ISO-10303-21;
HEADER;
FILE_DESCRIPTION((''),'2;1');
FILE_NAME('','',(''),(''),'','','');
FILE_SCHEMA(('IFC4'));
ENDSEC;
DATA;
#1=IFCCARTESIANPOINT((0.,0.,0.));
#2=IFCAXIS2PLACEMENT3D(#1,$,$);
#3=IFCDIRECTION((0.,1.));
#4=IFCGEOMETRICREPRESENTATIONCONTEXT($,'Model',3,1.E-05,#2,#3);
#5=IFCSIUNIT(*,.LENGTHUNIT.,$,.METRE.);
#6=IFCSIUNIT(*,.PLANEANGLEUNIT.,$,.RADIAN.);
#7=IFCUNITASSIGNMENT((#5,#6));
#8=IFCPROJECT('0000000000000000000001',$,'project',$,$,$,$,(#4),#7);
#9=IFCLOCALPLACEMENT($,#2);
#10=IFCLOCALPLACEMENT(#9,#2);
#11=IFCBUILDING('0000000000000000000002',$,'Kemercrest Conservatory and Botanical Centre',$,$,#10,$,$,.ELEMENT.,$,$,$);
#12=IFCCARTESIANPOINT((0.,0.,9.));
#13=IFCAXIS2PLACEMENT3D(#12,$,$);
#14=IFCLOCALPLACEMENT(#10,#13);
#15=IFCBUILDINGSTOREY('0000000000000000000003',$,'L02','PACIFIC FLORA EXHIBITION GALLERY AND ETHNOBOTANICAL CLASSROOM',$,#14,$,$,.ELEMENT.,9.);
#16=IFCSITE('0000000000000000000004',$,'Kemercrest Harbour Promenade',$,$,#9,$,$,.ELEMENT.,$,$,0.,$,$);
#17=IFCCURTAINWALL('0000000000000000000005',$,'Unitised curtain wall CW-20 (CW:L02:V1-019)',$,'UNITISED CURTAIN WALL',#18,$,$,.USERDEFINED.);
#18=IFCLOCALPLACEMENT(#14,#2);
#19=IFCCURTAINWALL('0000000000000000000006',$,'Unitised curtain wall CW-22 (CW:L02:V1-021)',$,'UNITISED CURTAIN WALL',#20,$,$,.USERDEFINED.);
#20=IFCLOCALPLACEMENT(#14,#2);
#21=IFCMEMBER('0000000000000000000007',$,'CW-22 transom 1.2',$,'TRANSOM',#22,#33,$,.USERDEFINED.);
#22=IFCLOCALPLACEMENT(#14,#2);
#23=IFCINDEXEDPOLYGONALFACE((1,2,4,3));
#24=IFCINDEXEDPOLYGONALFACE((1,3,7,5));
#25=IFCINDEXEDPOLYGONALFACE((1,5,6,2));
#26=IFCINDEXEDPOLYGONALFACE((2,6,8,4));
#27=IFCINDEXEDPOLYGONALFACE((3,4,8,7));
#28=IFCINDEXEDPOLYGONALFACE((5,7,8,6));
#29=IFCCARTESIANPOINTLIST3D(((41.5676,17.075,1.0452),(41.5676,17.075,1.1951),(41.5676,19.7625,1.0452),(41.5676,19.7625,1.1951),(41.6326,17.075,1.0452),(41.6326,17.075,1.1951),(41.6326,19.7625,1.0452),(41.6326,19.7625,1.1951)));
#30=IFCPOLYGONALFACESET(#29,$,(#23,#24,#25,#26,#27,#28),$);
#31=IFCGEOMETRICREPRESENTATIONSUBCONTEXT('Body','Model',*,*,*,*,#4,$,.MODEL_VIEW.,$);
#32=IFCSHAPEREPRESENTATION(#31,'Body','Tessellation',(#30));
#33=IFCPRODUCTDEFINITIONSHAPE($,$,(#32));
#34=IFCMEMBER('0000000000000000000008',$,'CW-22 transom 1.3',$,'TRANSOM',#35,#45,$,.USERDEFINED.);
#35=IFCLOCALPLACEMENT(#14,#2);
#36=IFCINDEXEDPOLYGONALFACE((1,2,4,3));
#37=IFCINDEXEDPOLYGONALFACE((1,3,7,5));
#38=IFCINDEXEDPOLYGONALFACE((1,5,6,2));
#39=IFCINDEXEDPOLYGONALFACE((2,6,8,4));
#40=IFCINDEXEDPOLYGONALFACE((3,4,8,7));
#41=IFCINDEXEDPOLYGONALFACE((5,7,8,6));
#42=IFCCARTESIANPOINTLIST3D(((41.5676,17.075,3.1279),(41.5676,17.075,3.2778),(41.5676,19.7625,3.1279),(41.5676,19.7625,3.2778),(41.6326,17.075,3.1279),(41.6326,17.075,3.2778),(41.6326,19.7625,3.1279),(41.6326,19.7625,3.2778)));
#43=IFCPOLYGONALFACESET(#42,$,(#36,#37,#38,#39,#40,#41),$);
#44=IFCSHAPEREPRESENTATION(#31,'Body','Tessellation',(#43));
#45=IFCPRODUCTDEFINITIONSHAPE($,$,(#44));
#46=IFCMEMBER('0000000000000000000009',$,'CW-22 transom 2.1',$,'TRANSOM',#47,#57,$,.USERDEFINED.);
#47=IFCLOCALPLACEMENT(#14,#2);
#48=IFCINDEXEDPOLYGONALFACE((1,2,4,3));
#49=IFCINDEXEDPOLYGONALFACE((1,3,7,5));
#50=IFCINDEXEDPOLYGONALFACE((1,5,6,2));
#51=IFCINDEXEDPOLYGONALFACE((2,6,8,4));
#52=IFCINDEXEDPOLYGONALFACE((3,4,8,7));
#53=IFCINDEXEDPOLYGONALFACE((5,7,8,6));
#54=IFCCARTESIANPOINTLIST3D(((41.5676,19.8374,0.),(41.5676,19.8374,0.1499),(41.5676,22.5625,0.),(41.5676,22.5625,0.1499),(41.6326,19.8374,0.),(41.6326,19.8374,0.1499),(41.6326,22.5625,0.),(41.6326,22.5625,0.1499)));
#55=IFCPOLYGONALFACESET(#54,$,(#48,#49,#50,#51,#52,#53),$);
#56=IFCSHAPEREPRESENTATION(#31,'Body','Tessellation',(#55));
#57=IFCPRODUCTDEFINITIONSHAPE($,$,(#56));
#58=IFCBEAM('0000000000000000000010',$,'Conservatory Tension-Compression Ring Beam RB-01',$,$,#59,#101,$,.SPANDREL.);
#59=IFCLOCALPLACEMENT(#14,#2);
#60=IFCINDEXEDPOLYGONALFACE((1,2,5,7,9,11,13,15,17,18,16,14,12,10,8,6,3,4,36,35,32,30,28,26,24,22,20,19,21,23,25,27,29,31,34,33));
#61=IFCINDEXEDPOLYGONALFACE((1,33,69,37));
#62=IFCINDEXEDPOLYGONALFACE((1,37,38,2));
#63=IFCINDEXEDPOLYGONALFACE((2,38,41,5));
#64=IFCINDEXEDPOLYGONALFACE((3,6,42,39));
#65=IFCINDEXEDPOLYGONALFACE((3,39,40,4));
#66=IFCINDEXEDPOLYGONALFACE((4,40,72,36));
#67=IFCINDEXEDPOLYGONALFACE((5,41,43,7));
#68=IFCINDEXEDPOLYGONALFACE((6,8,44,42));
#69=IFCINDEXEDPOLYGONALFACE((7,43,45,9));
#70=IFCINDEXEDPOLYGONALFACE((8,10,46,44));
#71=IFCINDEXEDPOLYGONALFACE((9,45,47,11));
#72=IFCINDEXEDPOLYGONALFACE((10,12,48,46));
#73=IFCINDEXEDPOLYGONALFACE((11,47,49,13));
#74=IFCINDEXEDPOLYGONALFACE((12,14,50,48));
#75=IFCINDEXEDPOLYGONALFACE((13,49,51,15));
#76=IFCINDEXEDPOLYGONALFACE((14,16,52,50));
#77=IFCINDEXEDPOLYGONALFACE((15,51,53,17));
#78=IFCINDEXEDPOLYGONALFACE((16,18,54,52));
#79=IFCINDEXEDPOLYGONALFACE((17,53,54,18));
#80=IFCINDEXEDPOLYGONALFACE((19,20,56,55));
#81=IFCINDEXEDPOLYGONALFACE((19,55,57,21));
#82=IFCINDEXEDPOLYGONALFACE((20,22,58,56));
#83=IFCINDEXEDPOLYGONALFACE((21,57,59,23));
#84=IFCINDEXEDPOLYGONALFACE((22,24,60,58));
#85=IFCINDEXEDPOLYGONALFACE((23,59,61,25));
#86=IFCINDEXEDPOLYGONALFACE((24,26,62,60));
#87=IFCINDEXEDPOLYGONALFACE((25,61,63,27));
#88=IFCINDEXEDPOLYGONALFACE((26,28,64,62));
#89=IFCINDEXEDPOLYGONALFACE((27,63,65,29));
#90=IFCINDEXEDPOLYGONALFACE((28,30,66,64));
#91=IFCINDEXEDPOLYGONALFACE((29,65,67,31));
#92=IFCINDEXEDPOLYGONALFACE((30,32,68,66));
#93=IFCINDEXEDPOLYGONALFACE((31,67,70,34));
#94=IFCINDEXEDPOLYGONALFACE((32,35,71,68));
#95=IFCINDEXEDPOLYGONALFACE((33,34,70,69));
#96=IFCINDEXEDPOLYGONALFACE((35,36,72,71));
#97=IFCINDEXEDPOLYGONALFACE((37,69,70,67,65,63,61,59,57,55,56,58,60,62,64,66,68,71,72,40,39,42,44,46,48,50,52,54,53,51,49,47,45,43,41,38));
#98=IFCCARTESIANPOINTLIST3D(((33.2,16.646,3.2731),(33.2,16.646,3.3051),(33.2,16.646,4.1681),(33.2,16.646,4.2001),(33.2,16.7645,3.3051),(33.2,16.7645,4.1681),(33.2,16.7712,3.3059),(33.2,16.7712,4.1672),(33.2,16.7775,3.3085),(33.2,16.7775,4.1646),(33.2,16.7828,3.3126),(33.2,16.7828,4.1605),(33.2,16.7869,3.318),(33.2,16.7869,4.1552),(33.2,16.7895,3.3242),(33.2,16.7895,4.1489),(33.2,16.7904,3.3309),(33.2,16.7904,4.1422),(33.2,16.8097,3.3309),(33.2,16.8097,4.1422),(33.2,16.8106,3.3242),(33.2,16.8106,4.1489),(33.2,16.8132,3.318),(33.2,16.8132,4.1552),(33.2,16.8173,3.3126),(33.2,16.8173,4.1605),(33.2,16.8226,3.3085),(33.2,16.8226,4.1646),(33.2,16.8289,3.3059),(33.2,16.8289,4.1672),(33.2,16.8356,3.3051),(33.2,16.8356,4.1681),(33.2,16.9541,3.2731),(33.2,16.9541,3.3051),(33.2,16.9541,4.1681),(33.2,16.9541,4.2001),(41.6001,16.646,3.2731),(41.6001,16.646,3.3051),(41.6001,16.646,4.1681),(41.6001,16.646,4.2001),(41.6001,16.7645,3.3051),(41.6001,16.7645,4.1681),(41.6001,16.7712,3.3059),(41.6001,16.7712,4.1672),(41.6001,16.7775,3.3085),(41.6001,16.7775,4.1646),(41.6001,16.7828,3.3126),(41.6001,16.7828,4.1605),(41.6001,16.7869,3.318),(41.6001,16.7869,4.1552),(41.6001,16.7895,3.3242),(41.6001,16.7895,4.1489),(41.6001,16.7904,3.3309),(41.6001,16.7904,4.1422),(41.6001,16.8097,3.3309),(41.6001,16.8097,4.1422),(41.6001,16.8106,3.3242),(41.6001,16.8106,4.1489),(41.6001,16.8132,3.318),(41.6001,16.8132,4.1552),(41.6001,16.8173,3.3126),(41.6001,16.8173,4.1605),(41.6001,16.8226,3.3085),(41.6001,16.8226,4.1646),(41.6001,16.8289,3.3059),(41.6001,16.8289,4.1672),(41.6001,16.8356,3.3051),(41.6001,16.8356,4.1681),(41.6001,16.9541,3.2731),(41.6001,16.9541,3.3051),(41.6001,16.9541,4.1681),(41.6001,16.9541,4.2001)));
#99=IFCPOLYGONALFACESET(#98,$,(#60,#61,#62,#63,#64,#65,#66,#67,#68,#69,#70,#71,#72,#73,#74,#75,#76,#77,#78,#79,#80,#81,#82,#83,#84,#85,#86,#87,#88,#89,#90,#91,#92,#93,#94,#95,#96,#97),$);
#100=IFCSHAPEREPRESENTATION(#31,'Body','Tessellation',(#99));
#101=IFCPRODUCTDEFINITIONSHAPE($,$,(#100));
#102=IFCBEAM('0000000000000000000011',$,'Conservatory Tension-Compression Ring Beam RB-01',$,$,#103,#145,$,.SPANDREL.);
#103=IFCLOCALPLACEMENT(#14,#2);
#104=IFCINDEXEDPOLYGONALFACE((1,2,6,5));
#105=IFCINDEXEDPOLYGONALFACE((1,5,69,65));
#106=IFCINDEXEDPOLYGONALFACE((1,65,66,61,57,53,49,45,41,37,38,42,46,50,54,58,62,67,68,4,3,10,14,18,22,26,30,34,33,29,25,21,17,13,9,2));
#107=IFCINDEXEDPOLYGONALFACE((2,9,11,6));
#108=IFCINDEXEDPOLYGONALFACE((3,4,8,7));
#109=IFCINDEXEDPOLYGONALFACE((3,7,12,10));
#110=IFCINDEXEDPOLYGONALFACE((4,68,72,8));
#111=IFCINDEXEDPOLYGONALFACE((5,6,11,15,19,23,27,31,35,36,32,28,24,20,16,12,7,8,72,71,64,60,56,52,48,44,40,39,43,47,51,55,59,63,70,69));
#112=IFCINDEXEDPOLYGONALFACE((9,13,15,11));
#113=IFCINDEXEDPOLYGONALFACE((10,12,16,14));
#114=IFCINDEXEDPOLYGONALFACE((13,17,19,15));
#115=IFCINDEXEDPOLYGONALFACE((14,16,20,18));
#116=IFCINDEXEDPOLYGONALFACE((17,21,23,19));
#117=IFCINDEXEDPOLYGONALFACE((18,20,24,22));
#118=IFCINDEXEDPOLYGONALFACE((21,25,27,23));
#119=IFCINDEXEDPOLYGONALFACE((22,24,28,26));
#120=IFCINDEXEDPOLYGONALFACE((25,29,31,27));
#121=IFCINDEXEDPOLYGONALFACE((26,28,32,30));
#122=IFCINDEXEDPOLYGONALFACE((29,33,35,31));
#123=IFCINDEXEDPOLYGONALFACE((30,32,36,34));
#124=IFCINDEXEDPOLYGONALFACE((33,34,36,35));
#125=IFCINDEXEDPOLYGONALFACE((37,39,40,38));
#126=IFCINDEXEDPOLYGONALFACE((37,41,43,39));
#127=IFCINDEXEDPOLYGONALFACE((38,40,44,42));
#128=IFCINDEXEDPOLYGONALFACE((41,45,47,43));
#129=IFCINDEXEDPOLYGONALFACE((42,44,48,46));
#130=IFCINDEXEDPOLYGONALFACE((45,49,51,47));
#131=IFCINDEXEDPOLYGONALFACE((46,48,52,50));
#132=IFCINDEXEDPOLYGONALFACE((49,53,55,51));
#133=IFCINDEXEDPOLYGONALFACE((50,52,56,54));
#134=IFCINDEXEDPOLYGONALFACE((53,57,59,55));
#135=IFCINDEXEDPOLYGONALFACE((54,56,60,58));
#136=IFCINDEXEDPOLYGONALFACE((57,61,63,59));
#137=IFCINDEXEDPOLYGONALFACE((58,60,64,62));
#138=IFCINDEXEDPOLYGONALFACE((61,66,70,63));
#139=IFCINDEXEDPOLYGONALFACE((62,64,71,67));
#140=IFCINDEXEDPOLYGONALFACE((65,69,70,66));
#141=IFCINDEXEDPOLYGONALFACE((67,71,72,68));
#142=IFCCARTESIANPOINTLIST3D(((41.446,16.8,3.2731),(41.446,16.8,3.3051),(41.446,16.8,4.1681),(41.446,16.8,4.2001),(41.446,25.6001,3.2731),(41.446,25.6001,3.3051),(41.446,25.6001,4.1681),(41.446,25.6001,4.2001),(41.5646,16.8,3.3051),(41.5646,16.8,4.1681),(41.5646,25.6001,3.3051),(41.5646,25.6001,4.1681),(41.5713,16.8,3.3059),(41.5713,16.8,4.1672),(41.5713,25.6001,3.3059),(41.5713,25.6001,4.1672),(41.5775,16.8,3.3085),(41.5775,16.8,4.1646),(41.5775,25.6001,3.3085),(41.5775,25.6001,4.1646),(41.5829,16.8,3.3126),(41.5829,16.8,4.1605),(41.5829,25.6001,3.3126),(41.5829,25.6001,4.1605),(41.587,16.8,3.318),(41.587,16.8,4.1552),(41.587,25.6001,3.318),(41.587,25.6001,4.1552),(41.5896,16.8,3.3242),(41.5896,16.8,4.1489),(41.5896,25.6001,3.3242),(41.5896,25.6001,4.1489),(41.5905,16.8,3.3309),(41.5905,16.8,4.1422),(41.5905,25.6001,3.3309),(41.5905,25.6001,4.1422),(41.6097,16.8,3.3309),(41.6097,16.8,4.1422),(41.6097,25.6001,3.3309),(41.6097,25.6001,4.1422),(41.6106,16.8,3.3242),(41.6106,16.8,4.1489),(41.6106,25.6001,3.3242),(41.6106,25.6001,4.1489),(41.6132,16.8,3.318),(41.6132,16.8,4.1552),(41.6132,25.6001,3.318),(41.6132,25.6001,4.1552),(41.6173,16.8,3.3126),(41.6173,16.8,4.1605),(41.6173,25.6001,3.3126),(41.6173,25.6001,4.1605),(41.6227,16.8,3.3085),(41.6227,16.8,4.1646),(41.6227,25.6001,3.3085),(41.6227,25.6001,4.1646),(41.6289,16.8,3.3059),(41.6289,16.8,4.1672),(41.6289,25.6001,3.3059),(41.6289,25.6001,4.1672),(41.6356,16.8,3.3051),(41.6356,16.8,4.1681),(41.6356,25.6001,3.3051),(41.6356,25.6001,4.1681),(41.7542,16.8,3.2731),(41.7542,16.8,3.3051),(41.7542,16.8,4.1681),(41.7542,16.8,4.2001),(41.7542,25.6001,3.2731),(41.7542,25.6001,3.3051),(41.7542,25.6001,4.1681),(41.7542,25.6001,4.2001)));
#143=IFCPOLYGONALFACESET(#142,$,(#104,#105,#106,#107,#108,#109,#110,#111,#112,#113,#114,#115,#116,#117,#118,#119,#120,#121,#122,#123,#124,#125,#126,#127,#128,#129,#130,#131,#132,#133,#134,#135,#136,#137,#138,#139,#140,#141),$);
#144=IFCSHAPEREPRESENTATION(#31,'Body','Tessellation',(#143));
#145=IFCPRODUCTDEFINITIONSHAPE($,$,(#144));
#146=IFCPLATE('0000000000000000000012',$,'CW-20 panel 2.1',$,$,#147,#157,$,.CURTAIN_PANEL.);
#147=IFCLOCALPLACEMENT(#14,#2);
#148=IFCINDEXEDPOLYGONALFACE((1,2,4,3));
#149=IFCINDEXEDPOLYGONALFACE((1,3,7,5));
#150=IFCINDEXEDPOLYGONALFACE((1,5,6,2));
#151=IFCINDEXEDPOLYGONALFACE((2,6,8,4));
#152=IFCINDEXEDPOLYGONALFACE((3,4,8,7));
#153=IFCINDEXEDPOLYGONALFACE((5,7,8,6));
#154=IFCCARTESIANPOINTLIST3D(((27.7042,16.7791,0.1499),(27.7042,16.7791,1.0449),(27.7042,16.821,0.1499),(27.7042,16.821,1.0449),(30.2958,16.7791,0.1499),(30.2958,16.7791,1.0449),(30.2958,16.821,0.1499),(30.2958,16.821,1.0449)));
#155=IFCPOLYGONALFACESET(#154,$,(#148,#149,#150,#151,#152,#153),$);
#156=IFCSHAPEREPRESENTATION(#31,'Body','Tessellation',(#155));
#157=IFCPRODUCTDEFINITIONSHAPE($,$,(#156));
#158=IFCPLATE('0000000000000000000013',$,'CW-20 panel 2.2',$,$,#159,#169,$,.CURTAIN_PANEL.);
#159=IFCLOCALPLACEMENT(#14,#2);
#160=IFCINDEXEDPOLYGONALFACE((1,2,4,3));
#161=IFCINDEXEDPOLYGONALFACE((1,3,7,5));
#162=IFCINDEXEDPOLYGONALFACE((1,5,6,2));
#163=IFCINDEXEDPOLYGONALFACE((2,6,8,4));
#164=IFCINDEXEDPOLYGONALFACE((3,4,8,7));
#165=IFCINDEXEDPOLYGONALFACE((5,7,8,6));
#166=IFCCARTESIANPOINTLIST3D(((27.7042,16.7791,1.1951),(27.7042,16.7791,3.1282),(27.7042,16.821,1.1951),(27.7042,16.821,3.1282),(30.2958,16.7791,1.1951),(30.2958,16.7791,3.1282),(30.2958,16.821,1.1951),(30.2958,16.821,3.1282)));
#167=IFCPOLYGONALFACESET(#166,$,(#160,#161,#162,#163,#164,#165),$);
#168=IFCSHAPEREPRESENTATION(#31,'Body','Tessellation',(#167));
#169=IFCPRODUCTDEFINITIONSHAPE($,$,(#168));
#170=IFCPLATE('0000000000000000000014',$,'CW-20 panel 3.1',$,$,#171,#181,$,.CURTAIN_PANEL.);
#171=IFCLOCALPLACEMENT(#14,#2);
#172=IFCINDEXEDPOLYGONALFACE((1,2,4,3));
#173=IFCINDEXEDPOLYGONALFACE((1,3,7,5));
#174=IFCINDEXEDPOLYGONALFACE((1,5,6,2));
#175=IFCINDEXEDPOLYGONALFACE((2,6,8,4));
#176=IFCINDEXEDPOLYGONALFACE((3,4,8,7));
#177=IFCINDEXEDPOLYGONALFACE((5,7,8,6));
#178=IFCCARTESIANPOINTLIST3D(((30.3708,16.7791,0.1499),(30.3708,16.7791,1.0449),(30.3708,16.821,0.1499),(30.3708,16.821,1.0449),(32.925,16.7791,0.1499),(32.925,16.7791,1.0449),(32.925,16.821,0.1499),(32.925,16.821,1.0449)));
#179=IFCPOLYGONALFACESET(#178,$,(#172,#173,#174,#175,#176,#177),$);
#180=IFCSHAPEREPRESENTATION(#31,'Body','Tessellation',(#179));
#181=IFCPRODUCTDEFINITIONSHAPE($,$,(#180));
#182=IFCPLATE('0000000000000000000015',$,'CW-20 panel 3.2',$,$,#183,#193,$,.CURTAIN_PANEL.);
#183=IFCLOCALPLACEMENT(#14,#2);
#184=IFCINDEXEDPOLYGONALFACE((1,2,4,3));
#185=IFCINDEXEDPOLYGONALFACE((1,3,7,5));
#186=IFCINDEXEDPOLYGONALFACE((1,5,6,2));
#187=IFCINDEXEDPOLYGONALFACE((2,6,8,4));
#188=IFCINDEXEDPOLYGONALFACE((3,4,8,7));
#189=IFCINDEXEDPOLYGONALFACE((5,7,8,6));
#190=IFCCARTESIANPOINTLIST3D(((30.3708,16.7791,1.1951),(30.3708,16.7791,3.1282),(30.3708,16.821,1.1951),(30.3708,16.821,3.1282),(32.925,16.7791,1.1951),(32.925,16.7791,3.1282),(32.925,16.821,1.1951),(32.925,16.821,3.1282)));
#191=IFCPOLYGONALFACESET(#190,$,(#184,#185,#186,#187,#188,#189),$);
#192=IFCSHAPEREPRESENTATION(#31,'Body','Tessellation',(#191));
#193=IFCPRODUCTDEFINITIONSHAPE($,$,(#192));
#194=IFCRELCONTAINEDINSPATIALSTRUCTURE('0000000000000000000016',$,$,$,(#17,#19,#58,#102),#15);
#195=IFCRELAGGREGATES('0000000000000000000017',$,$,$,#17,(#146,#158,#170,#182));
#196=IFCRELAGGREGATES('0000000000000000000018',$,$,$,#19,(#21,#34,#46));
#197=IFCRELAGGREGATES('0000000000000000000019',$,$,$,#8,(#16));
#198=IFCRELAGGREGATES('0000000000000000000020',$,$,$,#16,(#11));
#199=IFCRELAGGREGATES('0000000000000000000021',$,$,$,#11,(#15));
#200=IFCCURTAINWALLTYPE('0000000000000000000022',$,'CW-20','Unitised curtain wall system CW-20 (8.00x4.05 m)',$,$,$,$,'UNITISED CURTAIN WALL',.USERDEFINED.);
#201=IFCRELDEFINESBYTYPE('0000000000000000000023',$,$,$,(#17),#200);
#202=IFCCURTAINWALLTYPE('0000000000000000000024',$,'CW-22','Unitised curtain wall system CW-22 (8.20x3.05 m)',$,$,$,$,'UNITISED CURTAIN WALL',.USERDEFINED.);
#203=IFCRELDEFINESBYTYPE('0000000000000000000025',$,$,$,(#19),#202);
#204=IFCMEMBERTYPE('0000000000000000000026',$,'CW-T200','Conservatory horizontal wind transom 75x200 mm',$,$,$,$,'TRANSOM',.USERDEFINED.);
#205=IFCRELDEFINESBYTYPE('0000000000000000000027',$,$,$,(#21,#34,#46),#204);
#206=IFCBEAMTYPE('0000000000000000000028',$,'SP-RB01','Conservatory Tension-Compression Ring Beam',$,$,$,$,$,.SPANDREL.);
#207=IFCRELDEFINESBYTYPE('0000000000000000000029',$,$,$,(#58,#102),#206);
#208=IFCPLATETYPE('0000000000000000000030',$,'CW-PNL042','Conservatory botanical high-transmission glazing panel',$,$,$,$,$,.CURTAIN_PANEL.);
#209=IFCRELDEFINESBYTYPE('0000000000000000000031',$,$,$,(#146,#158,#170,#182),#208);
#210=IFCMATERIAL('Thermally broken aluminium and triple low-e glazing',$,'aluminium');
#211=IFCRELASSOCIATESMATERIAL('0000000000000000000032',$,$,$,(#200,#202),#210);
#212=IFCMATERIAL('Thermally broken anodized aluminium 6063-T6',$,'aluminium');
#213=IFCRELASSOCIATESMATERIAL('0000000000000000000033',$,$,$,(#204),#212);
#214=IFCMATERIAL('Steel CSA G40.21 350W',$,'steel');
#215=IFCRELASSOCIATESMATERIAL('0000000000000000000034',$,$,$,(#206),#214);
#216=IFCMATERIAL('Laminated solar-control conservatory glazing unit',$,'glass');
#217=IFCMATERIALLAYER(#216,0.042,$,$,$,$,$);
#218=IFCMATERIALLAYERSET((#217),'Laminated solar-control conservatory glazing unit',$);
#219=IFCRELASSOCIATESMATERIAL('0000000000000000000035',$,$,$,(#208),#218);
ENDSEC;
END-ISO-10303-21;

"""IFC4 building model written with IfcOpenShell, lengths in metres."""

from ifc_helpers import new_model, si_unit, direction, frame, origin, origin_2d, place, context, subcontext, project, spatial, rectangle, i_section, extrude, material, layer, layer_set, material_profile, profile_set, type_object, element, aggregate, save


model = new_model("IFC4")

# Units and contexts
model_context = context("Model", 3, precision=1e-05, world=origin(), true_north=direction((0.0, 1.0)))
body_context = subcontext(model_context, "Body", "Model", "MODEL_VIEW")
ifc_project = project(units=[si_unit("LENGTHUNIT", "METRE"), si_unit("PLANEANGLEUNIT", "RADIAN")], contexts=[model_context])

# Site, building, storey
site_placement = place(None, origin())
site = spatial("IfcSite", under=ifc_project, at=site_placement, Name="Kemercrest Harbour Promenade", CompositionType="ELEMENT", RefElevation=0.0)
building_placement = place(site_placement, origin())
building = spatial("IfcBuilding", under=site, at=building_placement, Name="Kemercrest Conservatory and Botanical Centre", CompositionType="ELEMENT")
storey_placement = place(building_placement, frame((0.0, 0.0, 9.0)))
storey = spatial("IfcBuildingStorey", under=building, at=storey_placement, Name="L02", Description="PACIFIC FLORA EXHIBITION GALLERY AND ETHNOBOTANICAL CLASSROOM", CompositionType="ELEMENT", Elevation=9.0)

# Shared definitions
ifc_material_1 = material(Name="Steel CSA G40.21 350W", Category="steel")

# Curtain walls
ifc_material_2 = material(Name="Thermally broken aluminium and triple low-e glazing", Category="aluminium")
curtain_wall_type_1 = type_object("IfcCurtainWallType", Name="CW-20", Description="Unitised curtain wall system CW-20 (8.00x4.05 m)", ElementType="UNITISED CURTAIN WALL", PredefinedType="USERDEFINED", material=ifc_material_2)
curtain_wall_1_placement = place(storey_placement, origin())
curtain_wall_1 = element("IfcCurtainWall", 1, at=curtain_wall_1_placement, inside=storey, type_object=curtain_wall_type_1, Name="Unitised curtain wall CW-20 (CW:L02:V1-019)", ObjectType="UNITISED CURTAIN WALL", PredefinedType="USERDEFINED")
ifc_material_3 = material(Name="Thermally broken anodized aluminium 6063-T6", Category="aluminium")
curtain_wall_type_2 = type_object("IfcCurtainWallType", Name="CW-22", Description="Unitised curtain wall system CW-22 (8.20x3.05 m)", ElementType="UNITISED CURTAIN WALL", PredefinedType="USERDEFINED", material=ifc_material_2)
curtain_wall_2_placement = place(storey_placement, origin())
curtain_wall_2 = element("IfcCurtainWall", 2, at=curtain_wall_2_placement, inside=storey, type_object=curtain_wall_type_2, Name="Unitised curtain wall CW-22 (CW:L02:V1-021)", ObjectType="UNITISED CURTAIN WALL", PredefinedType="USERDEFINED")

# Members
ifc_material_profile_1 = material_profile(ifc_material_3, rectangle(XDim=0.0649, YDim=0.1499, at=origin_2d()), Name="AL TRANSOM 65x150")
ifc_profile_set_1 = profile_set([ifc_material_profile_1], Name="Thermally broken anodized aluminium 6063-T6")
member_type_1 = type_object("IfcMemberType", Name="CW-T200", Description="Conservatory horizontal wind transom 75x200 mm", ElementType="TRANSOM", PredefinedType="USERDEFINED", material=ifc_profile_set_1)
member_1_placement = place(storey_placement, frame((41.6001, 17.075, 1.1201), z_axis=(0.0, 1.0, 0.0), x_axis=(-1.0, 0.0, 0.0)))
member_1 = element("IfcMember", 3, at=member_1_placement, type_object=member_type_1, Name="CW-22 transom 1.2", ObjectType="TRANSOM", PredefinedType="USERDEFINED", context=body_context, shape_type="SweptSolid", body=[
    extrude(rectangle(XDim=0.0649, YDim=0.1499, at=origin_2d()), origin(), (0.0, 0.0, 1.0), 2.6875),
])
member_2_placement = place(storey_placement, frame((41.6001, 17.075, 3.2029), z_axis=(0.0, 1.0, 0.0), x_axis=(-1.0, 0.0, 0.0)))
member_2 = element("IfcMember", 4, at=member_2_placement, type_object=member_type_1, Name="CW-22 transom 1.3", ObjectType="TRANSOM", PredefinedType="USERDEFINED", context=body_context, shape_type="SweptSolid", body=[
    extrude(rectangle(XDim=0.0649, YDim=0.1499, at=origin_2d()), origin(), (0.0, 0.0, 1.0), 2.6875),
])
member_3_placement = place(storey_placement, frame((41.6001, 19.8374, 0.075), z_axis=(0.0, 1.0, 0.0), x_axis=(-1.0, 0.0, 0.0)))
member_3 = element("IfcMember", 5, at=member_3_placement, type_object=member_type_1, Name="CW-22 transom 2.1", ObjectType="TRANSOM", PredefinedType="USERDEFINED", context=body_context, shape_type="SweptSolid", body=[
    extrude(rectangle(XDim=0.0649, YDim=0.1499, at=origin_2d()), origin(), (0.0, 0.0, 1.0), 2.7251),
])

# Beams
ifc_material_profile_2 = material_profile(ifc_material_1, i_section(OverallWidth=0.3081, OverallDepth=0.927, WebThickness=0.0193, FlangeThickness=0.032, FilletRadius=0.0259, at=origin_2d()), Name="W920X289")
ifc_profile_set_2 = profile_set([ifc_material_profile_2], Name="Steel CSA G40.21 350W")
beam_type = type_object("IfcBeamType", Name="SP-RB01", Description="Conservatory Tension-Compression Ring Beam", PredefinedType="SPANDREL", material=ifc_profile_set_2)
beam_1_placement = place(storey_placement, frame((33.2, 16.8, 3.7366), z_axis=(1.0, 0.0, 0.0), x_axis=(0.0, 1.0, 0.0)))
element("IfcBeam", 6, at=beam_1_placement, inside=storey, type_object=beam_type, Name="Conservatory Tension-Compression Ring Beam RB-01", PredefinedType="SPANDREL", context=body_context, shape_type="SweptSolid", body=[
    extrude(i_section(OverallWidth=0.3081, OverallDepth=0.927, WebThickness=0.0193, FlangeThickness=0.032, FilletRadius=0.0259, at=origin_2d()), origin(), (0.0, 0.0, 1.0), 8.4001),
])
beam_2_placement = place(storey_placement, frame((41.6001, 16.8, 3.7366), z_axis=(0.0, 1.0, 0.0), x_axis=(-1.0, 0.0, 0.0)))
element("IfcBeam", 7, at=beam_2_placement, inside=storey, type_object=beam_type, Name="Conservatory Tension-Compression Ring Beam RB-01", PredefinedType="SPANDREL", context=body_context, shape_type="SweptSolid", body=[
    extrude(i_section(OverallWidth=0.3081, OverallDepth=0.927, WebThickness=0.0193, FlangeThickness=0.032, FilletRadius=0.0259, at=origin_2d()), origin(), (0.0, 0.0, 1.0), 8.8),
])

# Plates
ifc_material_4 = material(Name="Laminated solar-control conservatory glazing unit", Category="glass")
ifc_layer = layer(ifc_material_4, 0.042)
ifc_layer_set = layer_set([ifc_layer], Name="Laminated solar-control conservatory glazing unit")
plate_type = type_object("IfcPlateType", Name="CW-PNL042", Description="Conservatory botanical high-transmission glazing panel", PredefinedType="CURTAIN_PANEL", material=ifc_layer_set)
plate_1_placement = place(storey_placement, frame((29.0, 16.8, 0.1499), z_axis=(0.0, 0.0, 1.0), x_axis=(1.0, 0.0, 0.0)))
plate_1 = element("IfcPlate", 8, at=plate_1_placement, type_object=plate_type, Name="CW-20 panel 2.1", PredefinedType="CURTAIN_PANEL", context=body_context, shape_type="SweptSolid", body=[
    extrude(rectangle(XDim=2.5916, YDim=0.042, at=origin_2d()), origin(), (0.0, 0.0, 1.0), 0.895),
])
plate_2_placement = place(storey_placement, frame((29.0, 16.8, 1.1951), z_axis=(0.0, 0.0, 1.0), x_axis=(1.0, 0.0, 0.0)))
plate_2 = element("IfcPlate", 9, at=plate_2_placement, type_object=plate_type, Name="CW-20 panel 2.2", PredefinedType="CURTAIN_PANEL", context=body_context, shape_type="SweptSolid", body=[
    extrude(rectangle(XDim=2.5916, YDim=0.042, at=origin_2d()), origin(), (0.0, 0.0, 1.0), 1.9331),
])
plate_3_placement = place(storey_placement, frame((31.6479, 16.8, 0.1499), z_axis=(0.0, 0.0, 1.0), x_axis=(1.0, 0.0, 0.0)))
plate_3 = element("IfcPlate", 10, at=plate_3_placement, type_object=plate_type, Name="CW-20 panel 3.1", PredefinedType="CURTAIN_PANEL", context=body_context, shape_type="SweptSolid", body=[
    extrude(rectangle(XDim=2.5542, YDim=0.042, at=origin_2d()), origin(), (0.0, 0.0, 1.0), 0.895),
])
plate_4_placement = place(storey_placement, frame((31.6479, 16.8, 1.1951), z_axis=(0.0, 0.0, 1.0), x_axis=(1.0, 0.0, 0.0)))
plate_4 = element("IfcPlate", 11, at=plate_4_placement, type_object=plate_type, Name="CW-20 panel 3.2", PredefinedType="CURTAIN_PANEL", context=body_context, shape_type="SweptSolid", body=[
    extrude(rectangle(XDim=2.5542, YDim=0.042, at=origin_2d()), origin(), (0.0, 0.0, 1.0), 1.9331),
])
aggregate(curtain_wall_1, [plate_1, plate_2, plate_3, plate_4])
aggregate(curtain_wall_2, [member_1, member_2, member_3])

save(model, "model.ifc")
